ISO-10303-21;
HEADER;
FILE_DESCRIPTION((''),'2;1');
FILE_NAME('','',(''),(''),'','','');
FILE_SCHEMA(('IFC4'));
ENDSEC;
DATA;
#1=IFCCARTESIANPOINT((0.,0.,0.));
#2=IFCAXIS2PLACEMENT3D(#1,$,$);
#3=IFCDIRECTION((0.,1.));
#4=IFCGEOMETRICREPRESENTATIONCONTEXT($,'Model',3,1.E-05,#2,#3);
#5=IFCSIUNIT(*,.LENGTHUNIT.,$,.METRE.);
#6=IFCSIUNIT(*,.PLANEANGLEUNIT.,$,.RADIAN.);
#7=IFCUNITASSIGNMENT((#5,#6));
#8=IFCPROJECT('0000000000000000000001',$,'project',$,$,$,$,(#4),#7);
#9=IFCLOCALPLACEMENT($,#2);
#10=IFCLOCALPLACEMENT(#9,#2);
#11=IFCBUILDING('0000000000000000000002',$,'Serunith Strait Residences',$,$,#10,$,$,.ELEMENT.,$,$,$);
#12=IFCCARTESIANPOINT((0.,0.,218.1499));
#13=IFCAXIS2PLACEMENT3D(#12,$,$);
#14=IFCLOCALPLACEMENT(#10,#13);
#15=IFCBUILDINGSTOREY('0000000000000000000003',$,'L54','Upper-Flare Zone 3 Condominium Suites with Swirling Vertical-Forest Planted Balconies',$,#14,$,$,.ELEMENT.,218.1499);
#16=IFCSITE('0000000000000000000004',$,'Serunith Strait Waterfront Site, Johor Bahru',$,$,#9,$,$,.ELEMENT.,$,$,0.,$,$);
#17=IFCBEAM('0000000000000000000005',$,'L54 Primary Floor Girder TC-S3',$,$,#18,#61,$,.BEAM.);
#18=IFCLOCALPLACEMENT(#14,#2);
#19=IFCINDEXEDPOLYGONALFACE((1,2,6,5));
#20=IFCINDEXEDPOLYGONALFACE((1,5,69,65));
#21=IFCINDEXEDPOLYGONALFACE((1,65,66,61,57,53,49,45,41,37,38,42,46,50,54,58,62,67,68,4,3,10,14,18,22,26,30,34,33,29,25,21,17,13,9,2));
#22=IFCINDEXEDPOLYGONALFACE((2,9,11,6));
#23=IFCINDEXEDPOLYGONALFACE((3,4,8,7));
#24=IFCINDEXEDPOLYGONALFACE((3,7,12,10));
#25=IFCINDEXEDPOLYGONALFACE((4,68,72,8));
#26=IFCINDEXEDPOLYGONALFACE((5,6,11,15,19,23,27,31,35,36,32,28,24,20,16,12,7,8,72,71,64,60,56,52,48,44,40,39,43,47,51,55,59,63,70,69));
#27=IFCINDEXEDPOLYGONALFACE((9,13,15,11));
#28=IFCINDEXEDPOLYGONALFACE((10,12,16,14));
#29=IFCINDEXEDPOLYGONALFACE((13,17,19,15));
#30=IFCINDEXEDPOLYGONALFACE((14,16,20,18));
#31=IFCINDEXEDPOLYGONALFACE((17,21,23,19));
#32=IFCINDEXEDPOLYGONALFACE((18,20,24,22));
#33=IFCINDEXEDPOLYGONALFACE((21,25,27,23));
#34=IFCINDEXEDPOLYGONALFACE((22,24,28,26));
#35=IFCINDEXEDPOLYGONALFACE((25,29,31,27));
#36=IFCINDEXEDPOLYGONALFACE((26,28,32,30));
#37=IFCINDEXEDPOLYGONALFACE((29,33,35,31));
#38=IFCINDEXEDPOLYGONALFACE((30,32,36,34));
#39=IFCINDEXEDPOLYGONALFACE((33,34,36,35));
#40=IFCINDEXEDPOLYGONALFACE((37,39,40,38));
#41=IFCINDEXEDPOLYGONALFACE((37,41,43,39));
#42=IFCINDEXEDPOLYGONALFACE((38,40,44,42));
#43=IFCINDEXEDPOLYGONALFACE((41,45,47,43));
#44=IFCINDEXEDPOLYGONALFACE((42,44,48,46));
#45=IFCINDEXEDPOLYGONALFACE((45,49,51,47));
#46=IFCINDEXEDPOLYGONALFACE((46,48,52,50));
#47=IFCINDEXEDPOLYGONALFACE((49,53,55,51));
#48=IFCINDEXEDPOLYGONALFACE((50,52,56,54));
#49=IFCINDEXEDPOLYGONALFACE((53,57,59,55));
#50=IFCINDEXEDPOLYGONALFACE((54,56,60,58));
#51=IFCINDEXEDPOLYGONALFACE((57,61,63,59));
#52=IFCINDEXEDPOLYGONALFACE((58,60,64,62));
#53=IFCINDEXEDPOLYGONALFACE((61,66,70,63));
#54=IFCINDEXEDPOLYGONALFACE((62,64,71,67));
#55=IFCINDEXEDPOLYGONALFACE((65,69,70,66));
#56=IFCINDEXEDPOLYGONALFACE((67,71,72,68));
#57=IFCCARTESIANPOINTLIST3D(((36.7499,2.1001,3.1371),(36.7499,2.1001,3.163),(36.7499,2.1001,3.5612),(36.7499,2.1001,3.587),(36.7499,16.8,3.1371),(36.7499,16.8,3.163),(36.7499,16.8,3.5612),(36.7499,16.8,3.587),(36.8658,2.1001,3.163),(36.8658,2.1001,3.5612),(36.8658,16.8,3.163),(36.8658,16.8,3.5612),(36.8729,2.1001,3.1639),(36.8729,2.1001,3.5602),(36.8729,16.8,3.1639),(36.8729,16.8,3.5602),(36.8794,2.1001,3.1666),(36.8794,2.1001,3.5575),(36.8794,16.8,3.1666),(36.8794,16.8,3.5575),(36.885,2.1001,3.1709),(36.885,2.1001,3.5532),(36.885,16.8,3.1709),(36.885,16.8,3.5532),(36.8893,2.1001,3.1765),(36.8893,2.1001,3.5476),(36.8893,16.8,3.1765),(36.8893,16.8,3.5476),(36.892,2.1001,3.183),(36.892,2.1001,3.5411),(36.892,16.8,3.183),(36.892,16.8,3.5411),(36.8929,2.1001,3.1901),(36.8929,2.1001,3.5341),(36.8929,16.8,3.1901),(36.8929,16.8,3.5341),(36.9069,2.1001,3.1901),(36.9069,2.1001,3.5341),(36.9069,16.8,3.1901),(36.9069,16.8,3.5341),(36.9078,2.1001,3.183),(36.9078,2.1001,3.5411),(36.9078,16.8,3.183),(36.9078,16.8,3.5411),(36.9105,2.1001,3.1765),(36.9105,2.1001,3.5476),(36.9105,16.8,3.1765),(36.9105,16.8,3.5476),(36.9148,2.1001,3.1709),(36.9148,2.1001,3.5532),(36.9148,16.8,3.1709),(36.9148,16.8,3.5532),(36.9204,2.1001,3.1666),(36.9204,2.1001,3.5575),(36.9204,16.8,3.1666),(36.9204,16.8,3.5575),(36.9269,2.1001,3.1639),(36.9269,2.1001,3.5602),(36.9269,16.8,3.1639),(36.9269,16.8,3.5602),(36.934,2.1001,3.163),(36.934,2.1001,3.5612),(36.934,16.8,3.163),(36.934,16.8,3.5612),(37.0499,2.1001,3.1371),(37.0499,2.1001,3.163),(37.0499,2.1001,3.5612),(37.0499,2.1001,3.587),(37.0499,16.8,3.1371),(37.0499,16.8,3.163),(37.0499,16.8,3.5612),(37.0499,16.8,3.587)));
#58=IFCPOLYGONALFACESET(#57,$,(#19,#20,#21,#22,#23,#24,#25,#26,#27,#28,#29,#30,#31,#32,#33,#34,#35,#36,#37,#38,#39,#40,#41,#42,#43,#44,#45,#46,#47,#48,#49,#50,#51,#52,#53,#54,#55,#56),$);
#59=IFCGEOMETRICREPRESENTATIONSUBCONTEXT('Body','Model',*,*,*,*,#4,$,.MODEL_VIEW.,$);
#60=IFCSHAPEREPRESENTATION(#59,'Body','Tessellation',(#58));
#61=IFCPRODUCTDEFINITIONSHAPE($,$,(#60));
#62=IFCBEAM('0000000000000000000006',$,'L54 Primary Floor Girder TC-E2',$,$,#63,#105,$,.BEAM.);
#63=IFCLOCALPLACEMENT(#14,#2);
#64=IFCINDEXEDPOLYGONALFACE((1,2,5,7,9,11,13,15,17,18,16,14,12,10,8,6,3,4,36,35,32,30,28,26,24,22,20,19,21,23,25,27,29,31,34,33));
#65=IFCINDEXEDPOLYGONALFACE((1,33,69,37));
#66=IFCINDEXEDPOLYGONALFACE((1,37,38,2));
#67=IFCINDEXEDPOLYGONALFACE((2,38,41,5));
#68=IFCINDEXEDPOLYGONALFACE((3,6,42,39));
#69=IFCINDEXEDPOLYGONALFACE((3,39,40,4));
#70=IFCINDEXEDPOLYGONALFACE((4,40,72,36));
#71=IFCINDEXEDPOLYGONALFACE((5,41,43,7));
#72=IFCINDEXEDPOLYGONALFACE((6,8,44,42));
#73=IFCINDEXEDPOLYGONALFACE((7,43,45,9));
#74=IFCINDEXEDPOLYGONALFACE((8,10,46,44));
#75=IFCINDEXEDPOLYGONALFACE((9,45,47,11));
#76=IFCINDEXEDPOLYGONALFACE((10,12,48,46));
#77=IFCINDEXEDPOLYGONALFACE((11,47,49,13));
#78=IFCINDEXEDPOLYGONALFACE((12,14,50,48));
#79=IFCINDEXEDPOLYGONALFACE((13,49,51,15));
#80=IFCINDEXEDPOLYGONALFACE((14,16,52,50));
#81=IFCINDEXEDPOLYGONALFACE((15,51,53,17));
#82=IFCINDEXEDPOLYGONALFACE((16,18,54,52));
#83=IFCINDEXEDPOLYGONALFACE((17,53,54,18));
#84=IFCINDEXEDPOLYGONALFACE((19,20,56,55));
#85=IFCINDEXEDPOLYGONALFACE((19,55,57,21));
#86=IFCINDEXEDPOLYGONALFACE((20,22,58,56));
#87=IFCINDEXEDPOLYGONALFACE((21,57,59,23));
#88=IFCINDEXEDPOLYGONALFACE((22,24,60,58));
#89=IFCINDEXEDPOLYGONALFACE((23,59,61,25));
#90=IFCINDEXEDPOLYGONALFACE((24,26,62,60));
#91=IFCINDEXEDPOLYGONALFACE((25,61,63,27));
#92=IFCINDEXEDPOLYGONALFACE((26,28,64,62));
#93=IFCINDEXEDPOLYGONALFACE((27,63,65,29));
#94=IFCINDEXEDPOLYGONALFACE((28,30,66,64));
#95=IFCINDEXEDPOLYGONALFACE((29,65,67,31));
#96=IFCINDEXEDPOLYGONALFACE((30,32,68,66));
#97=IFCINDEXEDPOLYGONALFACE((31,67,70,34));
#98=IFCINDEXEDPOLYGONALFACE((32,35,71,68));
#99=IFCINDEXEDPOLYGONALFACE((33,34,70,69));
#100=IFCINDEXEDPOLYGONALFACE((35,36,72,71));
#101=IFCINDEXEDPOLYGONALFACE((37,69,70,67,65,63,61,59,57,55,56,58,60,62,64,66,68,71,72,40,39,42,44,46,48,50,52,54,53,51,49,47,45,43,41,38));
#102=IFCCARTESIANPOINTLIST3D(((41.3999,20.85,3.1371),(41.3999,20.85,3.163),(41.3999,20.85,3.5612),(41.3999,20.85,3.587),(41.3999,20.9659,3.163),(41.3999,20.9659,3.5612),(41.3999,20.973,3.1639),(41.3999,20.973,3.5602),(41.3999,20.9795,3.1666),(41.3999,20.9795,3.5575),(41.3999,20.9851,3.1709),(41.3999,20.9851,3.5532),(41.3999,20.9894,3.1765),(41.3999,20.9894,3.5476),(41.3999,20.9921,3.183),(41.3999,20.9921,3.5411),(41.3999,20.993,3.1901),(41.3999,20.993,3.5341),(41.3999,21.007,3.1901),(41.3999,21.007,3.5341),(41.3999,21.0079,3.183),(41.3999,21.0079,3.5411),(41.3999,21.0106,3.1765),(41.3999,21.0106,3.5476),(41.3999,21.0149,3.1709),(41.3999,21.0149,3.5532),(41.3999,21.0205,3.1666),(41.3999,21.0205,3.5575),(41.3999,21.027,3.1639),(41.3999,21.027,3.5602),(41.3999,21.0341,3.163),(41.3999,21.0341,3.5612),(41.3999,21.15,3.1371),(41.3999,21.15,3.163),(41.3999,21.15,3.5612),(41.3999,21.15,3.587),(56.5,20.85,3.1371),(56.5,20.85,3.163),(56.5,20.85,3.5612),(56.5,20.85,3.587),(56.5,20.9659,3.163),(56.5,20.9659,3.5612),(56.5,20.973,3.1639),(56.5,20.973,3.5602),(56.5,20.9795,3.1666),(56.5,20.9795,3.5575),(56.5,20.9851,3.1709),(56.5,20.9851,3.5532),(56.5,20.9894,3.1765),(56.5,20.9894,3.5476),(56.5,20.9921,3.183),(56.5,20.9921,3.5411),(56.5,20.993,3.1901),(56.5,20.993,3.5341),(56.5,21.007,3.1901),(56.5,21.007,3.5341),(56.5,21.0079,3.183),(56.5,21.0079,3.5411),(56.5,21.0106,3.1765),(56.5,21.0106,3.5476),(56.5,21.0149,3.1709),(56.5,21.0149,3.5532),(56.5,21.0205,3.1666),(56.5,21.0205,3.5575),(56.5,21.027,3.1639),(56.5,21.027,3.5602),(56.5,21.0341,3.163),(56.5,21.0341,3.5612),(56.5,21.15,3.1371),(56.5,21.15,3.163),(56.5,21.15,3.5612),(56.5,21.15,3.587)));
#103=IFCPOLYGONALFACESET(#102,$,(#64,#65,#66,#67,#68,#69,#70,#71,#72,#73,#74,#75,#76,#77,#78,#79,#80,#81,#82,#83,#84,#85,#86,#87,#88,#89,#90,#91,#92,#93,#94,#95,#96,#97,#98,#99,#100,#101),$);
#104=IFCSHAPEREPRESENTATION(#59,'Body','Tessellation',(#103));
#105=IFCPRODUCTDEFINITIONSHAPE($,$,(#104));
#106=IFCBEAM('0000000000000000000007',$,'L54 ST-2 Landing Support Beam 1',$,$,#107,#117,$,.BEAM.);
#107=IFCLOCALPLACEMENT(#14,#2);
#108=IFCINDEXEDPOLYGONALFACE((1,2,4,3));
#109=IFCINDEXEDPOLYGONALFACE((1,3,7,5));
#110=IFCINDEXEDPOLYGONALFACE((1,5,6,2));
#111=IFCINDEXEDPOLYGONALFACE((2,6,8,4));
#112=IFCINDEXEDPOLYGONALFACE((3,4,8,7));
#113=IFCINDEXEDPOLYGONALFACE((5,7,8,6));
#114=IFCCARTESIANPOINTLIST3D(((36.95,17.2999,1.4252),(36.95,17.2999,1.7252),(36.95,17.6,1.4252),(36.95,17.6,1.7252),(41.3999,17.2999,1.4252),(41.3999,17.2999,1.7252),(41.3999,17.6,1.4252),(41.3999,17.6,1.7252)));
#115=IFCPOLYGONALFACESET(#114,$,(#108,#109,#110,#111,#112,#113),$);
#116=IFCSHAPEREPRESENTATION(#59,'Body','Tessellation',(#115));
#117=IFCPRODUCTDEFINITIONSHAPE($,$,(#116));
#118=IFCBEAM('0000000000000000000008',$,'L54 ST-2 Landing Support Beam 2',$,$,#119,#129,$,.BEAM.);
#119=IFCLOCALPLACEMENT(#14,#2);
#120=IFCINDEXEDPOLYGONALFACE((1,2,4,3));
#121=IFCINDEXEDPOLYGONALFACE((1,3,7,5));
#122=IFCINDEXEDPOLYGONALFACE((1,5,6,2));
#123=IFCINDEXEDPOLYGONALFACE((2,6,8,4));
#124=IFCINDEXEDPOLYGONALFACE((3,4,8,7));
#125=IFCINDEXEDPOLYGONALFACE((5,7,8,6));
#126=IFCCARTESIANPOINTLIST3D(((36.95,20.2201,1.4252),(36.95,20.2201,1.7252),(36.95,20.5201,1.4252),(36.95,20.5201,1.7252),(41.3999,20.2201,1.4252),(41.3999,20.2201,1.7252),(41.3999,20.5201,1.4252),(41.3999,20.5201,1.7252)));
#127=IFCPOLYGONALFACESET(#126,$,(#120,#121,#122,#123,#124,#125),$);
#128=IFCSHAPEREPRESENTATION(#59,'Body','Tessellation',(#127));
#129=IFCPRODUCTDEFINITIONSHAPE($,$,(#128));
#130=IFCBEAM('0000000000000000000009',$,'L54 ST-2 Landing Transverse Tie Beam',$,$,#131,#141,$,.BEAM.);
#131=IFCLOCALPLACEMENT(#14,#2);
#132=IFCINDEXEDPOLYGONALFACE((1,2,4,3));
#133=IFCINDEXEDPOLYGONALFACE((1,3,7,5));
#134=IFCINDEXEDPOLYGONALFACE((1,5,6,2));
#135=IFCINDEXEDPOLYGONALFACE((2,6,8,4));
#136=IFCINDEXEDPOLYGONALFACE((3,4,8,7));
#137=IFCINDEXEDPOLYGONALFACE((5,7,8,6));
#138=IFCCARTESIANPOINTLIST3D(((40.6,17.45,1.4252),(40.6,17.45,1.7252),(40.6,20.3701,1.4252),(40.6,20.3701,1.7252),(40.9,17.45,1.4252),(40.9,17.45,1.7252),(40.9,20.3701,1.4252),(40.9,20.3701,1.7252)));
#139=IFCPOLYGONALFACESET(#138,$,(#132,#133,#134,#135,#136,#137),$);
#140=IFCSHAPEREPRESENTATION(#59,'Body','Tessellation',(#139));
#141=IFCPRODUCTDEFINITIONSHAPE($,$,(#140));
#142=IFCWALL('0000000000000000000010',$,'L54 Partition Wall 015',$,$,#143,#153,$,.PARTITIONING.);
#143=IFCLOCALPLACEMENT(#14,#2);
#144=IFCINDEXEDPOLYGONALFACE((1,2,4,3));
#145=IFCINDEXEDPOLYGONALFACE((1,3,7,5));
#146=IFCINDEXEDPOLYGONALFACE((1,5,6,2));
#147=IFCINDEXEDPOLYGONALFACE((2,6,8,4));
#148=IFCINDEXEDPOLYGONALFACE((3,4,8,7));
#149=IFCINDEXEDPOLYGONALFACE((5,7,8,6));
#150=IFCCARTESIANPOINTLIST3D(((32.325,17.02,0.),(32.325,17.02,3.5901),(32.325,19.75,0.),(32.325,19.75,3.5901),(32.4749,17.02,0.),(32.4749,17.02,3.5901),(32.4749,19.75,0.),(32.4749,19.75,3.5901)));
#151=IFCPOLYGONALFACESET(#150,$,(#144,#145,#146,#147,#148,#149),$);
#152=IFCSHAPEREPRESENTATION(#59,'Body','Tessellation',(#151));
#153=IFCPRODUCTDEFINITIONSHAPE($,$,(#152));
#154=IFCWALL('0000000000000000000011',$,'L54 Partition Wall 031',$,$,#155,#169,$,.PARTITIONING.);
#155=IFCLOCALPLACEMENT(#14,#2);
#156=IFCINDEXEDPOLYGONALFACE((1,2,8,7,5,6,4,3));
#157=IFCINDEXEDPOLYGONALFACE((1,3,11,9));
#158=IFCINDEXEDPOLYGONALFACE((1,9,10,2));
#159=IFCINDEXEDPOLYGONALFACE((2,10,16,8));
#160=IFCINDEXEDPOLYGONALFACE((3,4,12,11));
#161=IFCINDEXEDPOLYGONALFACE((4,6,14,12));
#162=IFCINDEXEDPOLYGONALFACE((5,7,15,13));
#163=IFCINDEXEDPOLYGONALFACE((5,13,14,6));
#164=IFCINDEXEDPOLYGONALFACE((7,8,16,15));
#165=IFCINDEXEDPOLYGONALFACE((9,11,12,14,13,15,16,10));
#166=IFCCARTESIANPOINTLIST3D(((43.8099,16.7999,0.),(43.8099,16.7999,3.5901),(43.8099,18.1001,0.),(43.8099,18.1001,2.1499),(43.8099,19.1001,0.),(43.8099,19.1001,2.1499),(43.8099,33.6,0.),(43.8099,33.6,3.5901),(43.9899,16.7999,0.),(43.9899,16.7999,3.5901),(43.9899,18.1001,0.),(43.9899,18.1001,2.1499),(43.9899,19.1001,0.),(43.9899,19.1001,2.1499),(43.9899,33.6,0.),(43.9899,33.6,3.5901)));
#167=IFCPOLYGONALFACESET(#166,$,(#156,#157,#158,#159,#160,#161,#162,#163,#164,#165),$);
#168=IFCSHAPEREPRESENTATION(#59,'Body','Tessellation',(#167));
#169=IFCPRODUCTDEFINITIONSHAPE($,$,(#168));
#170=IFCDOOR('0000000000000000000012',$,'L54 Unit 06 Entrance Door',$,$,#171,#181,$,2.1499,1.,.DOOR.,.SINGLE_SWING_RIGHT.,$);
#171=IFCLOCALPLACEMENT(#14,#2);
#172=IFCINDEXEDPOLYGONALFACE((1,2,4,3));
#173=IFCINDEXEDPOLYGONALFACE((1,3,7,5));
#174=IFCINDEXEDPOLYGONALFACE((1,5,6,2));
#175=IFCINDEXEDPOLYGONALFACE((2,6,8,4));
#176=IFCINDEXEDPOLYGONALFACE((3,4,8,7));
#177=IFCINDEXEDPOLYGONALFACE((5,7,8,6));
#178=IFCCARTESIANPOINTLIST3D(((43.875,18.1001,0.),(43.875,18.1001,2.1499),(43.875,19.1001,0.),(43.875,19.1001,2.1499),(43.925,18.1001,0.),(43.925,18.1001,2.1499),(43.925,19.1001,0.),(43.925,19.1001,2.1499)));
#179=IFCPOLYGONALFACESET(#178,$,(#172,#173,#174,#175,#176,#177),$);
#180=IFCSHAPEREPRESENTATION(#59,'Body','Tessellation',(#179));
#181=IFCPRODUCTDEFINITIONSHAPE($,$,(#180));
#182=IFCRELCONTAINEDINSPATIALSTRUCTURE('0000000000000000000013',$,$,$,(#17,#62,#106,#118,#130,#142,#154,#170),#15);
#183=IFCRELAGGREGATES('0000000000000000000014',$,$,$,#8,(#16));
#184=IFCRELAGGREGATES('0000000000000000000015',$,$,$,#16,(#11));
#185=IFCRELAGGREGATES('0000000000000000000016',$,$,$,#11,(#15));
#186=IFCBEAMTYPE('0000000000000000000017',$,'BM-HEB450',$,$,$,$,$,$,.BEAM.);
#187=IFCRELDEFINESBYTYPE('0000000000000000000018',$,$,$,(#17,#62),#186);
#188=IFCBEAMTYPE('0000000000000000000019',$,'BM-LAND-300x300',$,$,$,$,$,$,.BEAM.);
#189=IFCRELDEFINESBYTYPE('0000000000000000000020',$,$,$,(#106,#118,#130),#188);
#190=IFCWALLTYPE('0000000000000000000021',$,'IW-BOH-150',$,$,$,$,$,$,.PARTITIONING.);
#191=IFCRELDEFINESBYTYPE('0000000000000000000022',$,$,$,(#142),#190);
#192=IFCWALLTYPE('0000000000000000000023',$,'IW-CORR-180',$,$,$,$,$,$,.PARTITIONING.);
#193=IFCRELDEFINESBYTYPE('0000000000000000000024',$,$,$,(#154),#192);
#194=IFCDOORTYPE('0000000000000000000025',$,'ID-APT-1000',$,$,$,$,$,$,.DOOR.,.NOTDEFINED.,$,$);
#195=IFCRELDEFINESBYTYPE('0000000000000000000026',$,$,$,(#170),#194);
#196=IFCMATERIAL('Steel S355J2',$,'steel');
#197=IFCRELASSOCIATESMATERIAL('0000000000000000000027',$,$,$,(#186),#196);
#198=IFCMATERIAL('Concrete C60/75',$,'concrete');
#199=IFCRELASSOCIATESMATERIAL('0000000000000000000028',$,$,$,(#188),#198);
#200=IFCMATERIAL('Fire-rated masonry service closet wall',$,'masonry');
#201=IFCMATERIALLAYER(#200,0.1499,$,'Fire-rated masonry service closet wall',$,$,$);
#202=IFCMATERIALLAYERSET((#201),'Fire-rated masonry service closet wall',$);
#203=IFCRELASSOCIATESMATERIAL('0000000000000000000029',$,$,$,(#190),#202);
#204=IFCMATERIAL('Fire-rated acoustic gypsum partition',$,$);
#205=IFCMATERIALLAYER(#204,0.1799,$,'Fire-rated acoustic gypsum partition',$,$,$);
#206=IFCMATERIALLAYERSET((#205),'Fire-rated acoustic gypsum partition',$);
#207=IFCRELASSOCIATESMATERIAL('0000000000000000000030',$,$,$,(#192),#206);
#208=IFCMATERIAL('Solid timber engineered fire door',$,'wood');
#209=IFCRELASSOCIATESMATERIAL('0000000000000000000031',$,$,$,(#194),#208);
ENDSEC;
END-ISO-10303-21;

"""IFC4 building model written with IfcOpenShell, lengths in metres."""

from ifc_helpers import new_model, si_unit, direction, frame, frame_2d, origin, origin_2d, place, context, subcontext, project, spatial, rectangle, i_section, extrude, source, transform, mapped, material, layer, layer_set, material_profile, profile_set, type_object, element, fill, save


model = new_model("IFC4")

# Units and contexts
model_context = context("Model", 3, precision=1e-05, world=origin(), true_north=direction((0.0, 1.0)))
body_context = subcontext(model_context, "Body", "Model", "MODEL_VIEW")
ifc_project = project(units=[si_unit("LENGTHUNIT", "METRE"), si_unit("PLANEANGLEUNIT", "RADIAN")], contexts=[model_context])

# Site, building, storey
site_placement = place(None, origin())
site = spatial("IfcSite", under=ifc_project, at=site_placement, Name="Serunith Strait Waterfront Site, Johor Bahru", CompositionType="ELEMENT", RefElevation=0.0)
building_placement = place(site_placement, origin())
building = spatial("IfcBuilding", under=site, at=building_placement, Name="Serunith Strait Residences", CompositionType="ELEMENT")
storey_placement = place(building_placement, frame((0.0, 0.0, 218.1499)))
storey = spatial("IfcBuildingStorey", under=building, at=storey_placement, Name="L54", Description="Upper-Flare Zone 3 Condominium Suites with Swirling Vertical-Forest Planted Balconies", CompositionType="ELEMENT", Elevation=218.1499)

# Beams
ifc_material_1 = material(Name="Steel S355J2", Category="steel")
ifc_material_profile_1 = material_profile(ifc_material_1, i_section(OverallWidth=0.3, OverallDepth=0.45, WebThickness=0.0139, FlangeThickness=0.0259, FilletRadius=0.0271, at=origin_2d()), Name="HEB 450")
ifc_profile_set_1 = profile_set([ifc_material_profile_1], Name="Steel S355J2")
beam_type_1 = type_object("IfcBeamType", Name="BM-HEB450", PredefinedType="BEAM", material=ifc_profile_set_1)
shared_shape_1 = source(origin(), body_context, "Body", "SweptSolid", [
    extrude(i_section(OverallWidth=0.3, OverallDepth=0.45, WebThickness=0.0139, FlangeThickness=0.0259, FilletRadius=0.0271, at=origin_2d()), origin(), (0.0, 0.0, 1.0), 14.7),
])
beam_1_placement = place(storey_placement, frame((36.8999, 16.8, 3.3621), z_axis=(0.0, -1.0, 0.0), x_axis=(1.0, 0.0, 0.0)))
element("IfcBeam", 1, at=beam_1_placement, inside=storey, type_object=beam_type_1, Name="L54 Primary Floor Girder TC-S3", PredefinedType="BEAM", context=body_context, shape_type="MappedRepresentation", body=[
    mapped(shared_shape_1, transform((0.0, 0.0, 0.0), scale=1.0)),
])
shared_shape_2 = source(origin(), body_context, "Body", "SweptSolid", [
    extrude(i_section(OverallWidth=0.3, OverallDepth=0.45, WebThickness=0.0139, FlangeThickness=0.0259, FilletRadius=0.0271, at=origin_2d()), origin(), (0.0, 0.0, 1.0), 15.1001),
])
beam_2_placement = place(storey_placement, frame((41.3999, 21.0, 3.3621), z_axis=(1.0, 0.0, 0.0), x_axis=(0.0, 1.0, 0.0)))
element("IfcBeam", 2, at=beam_2_placement, inside=storey, type_object=beam_type_1, Name="L54 Primary Floor Girder TC-E2", PredefinedType="BEAM", context=body_context, shape_type="MappedRepresentation", body=[
    mapped(shared_shape_2, transform((0.0, 0.0, 0.0), scale=1.0)),
])
ifc_material_2 = material(Name="Concrete C60/75", Category="concrete")
ifc_material_profile_2 = material_profile(ifc_material_2, rectangle(XDim=0.3, YDim=0.3, at=origin_2d()), Name="RC 300x300")
ifc_profile_set_2 = profile_set([ifc_material_profile_2], Name="Concrete C60/75")
beam_type_2 = type_object("IfcBeamType", Name="BM-LAND-300x300", PredefinedType="BEAM", material=ifc_profile_set_2)
shared_shape_3 = source(origin(), body_context, "Body", "SweptSolid", [
    extrude(rectangle(XDim=0.3, YDim=0.3, at=origin_2d()), origin(), (0.0, 0.0, 1.0), 4.45),
])
for number, where, z_axis, x_axis, name in (
    (3, (36.95, 17.45, 1.5752), (1.0, 0.0, 0.0), (0.0, 1.0, 0.0), "L54 ST-2 Landing Support Beam 1"),
    (4, (36.95, 20.3701, 1.5752), (1.0, 0.0, 0.0), (0.0, 1.0, 0.0), "L54 ST-2 Landing Support Beam 2"),
):
    element("IfcBeam", number, at=place(storey_placement, frame(where, z_axis=z_axis, x_axis=x_axis)), inside=storey, type_object=beam_type_2, Name=name, PredefinedType="BEAM", context=body_context, shape_type="MappedRepresentation", body=[
        mapped(shared_shape_3, transform((0.0, 0.0, 0.0), scale=1.0)),
    ])
shared_shape_4 = source(origin(), body_context, "Body", "SweptSolid", [
    extrude(rectangle(XDim=0.3, YDim=0.3, at=origin_2d()), origin(), (0.0, 0.0, 1.0), 2.9202),
])
beam_3_placement = place(storey_placement, frame((40.75, 17.45, 1.5752), z_axis=(0.0, 1.0, 0.0), x_axis=(-1.0, 0.0, 0.0)))
element("IfcBeam", 5, at=beam_3_placement, inside=storey, type_object=beam_type_2, Name="L54 ST-2 Landing Transverse Tie Beam", PredefinedType="BEAM", context=body_context, shape_type="MappedRepresentation", body=[
    mapped(shared_shape_4, transform((0.0, 0.0, 0.0), scale=1.0)),
])

# Wall
ifc_material_3 = material(Name="Fire-rated masonry service closet wall", Category="masonry")
ifc_layer_1 = layer(ifc_material_3, 0.1499, Name="Fire-rated masonry service closet wall")
ifc_layer_set_1 = layer_set([ifc_layer_1], Name="Fire-rated masonry service closet wall")
wall_type_1 = type_object("IfcWallType", Name="IW-BOH-150", PredefinedType="PARTITIONING", material=ifc_layer_set_1)
wall_1_placement = place(storey_placement, frame((32.3999, 17.02, 0.0), z_axis=(0.0, 0.0, 1.0), x_axis=(0.0, 1.0, 0.0)))
element("IfcWall", 6, at=wall_1_placement, inside=storey, type_object=wall_type_1, Name="L54 Partition Wall 015", PredefinedType="PARTITIONING", context=body_context, shape_type="SweptSolid", body=[
    extrude(rectangle(XDim=2.73, YDim=0.1499, at=frame_2d((1.365, 0.0))), origin(), (0.0, 0.0, 1.0), 3.5901),
])

# Wall, opening, door
ifc_material_4 = material(Name="Fire-rated acoustic gypsum partition")
ifc_layer_2 = layer(ifc_material_4, 0.1799, Name="Fire-rated acoustic gypsum partition")
ifc_layer_set_2 = layer_set([ifc_layer_2], Name="Fire-rated acoustic gypsum partition")
wall_type_2 = type_object("IfcWallType", Name="IW-CORR-180", PredefinedType="PARTITIONING", material=ifc_layer_set_2)
ifc_material_5 = material(Name="Solid timber engineered fire door", Category="wood")
door_type_1 = type_object("IfcDoorType", Name="ID-APT-1000", OperationType="NOTDEFINED", PredefinedType="DOOR", material=ifc_material_5)
shared_shape_5 = source(origin(), body_context, "Body", "SweptSolid", [
    extrude(rectangle(XDim=1.0, YDim=2.1499, at=frame_2d((0.5, 1.075))), frame((0.0, 0.0249, 0.0), z_axis=(0.0, -1.0, 0.0), x_axis=(1.0, 0.0, 0.0)), (0.0, 0.0, 1.0), 0.05),
])
wall_2_placement = place(storey_placement, frame((43.8999, 16.8, 0.0), z_axis=(0.0, 0.0, 1.0), x_axis=(0.0, 1.0, 0.0)))
wall_2 = element("IfcWall", 7, at=wall_2_placement, inside=storey, type_object=wall_type_2, Name="L54 Partition Wall 031", PredefinedType="PARTITIONING", context=body_context, shape_type="SweptSolid", body=[
    extrude(rectangle(XDim=16.8, YDim=0.1799, at=frame_2d((8.3999, 0.0))), origin(), (0.0, 0.0, 1.0), 3.5901),
])
opening_1_placement = place(wall_2_placement, frame((1.3, 0.0, 0.0)))
opening_1 = element("IfcOpeningElement", 8, at=opening_1_placement, cuts=wall_2, PredefinedType="OPENING", context=body_context, shape_type="SweptSolid", body=[
    extrude(rectangle(XDim=1.0, YDim=2.1499, at=frame_2d((0.5, 1.075))), frame((0.0, 0.1001, 0.0), z_axis=(0.0, -1.0, 0.0), x_axis=(1.0, 0.0, 0.0)), (0.0, 0.0, 1.0), 0.2),
])
door_1_placement = place(opening_1_placement, origin())
door_1 = element("IfcDoor", 9, at=door_1_placement, inside=storey, type_object=door_type_1, Name="L54 Unit 06 Entrance Door", OperationType="SINGLE_SWING_RIGHT", OverallHeight=2.1499, OverallWidth=1.0, PredefinedType="DOOR", context=body_context, shape_type="MappedRepresentation", body=[
    mapped(shared_shape_5, transform((0.0, 0.0, 0.0), scale=1.0)),
])
fill(opening_1, door_1)

save(model, "model.ifc")
